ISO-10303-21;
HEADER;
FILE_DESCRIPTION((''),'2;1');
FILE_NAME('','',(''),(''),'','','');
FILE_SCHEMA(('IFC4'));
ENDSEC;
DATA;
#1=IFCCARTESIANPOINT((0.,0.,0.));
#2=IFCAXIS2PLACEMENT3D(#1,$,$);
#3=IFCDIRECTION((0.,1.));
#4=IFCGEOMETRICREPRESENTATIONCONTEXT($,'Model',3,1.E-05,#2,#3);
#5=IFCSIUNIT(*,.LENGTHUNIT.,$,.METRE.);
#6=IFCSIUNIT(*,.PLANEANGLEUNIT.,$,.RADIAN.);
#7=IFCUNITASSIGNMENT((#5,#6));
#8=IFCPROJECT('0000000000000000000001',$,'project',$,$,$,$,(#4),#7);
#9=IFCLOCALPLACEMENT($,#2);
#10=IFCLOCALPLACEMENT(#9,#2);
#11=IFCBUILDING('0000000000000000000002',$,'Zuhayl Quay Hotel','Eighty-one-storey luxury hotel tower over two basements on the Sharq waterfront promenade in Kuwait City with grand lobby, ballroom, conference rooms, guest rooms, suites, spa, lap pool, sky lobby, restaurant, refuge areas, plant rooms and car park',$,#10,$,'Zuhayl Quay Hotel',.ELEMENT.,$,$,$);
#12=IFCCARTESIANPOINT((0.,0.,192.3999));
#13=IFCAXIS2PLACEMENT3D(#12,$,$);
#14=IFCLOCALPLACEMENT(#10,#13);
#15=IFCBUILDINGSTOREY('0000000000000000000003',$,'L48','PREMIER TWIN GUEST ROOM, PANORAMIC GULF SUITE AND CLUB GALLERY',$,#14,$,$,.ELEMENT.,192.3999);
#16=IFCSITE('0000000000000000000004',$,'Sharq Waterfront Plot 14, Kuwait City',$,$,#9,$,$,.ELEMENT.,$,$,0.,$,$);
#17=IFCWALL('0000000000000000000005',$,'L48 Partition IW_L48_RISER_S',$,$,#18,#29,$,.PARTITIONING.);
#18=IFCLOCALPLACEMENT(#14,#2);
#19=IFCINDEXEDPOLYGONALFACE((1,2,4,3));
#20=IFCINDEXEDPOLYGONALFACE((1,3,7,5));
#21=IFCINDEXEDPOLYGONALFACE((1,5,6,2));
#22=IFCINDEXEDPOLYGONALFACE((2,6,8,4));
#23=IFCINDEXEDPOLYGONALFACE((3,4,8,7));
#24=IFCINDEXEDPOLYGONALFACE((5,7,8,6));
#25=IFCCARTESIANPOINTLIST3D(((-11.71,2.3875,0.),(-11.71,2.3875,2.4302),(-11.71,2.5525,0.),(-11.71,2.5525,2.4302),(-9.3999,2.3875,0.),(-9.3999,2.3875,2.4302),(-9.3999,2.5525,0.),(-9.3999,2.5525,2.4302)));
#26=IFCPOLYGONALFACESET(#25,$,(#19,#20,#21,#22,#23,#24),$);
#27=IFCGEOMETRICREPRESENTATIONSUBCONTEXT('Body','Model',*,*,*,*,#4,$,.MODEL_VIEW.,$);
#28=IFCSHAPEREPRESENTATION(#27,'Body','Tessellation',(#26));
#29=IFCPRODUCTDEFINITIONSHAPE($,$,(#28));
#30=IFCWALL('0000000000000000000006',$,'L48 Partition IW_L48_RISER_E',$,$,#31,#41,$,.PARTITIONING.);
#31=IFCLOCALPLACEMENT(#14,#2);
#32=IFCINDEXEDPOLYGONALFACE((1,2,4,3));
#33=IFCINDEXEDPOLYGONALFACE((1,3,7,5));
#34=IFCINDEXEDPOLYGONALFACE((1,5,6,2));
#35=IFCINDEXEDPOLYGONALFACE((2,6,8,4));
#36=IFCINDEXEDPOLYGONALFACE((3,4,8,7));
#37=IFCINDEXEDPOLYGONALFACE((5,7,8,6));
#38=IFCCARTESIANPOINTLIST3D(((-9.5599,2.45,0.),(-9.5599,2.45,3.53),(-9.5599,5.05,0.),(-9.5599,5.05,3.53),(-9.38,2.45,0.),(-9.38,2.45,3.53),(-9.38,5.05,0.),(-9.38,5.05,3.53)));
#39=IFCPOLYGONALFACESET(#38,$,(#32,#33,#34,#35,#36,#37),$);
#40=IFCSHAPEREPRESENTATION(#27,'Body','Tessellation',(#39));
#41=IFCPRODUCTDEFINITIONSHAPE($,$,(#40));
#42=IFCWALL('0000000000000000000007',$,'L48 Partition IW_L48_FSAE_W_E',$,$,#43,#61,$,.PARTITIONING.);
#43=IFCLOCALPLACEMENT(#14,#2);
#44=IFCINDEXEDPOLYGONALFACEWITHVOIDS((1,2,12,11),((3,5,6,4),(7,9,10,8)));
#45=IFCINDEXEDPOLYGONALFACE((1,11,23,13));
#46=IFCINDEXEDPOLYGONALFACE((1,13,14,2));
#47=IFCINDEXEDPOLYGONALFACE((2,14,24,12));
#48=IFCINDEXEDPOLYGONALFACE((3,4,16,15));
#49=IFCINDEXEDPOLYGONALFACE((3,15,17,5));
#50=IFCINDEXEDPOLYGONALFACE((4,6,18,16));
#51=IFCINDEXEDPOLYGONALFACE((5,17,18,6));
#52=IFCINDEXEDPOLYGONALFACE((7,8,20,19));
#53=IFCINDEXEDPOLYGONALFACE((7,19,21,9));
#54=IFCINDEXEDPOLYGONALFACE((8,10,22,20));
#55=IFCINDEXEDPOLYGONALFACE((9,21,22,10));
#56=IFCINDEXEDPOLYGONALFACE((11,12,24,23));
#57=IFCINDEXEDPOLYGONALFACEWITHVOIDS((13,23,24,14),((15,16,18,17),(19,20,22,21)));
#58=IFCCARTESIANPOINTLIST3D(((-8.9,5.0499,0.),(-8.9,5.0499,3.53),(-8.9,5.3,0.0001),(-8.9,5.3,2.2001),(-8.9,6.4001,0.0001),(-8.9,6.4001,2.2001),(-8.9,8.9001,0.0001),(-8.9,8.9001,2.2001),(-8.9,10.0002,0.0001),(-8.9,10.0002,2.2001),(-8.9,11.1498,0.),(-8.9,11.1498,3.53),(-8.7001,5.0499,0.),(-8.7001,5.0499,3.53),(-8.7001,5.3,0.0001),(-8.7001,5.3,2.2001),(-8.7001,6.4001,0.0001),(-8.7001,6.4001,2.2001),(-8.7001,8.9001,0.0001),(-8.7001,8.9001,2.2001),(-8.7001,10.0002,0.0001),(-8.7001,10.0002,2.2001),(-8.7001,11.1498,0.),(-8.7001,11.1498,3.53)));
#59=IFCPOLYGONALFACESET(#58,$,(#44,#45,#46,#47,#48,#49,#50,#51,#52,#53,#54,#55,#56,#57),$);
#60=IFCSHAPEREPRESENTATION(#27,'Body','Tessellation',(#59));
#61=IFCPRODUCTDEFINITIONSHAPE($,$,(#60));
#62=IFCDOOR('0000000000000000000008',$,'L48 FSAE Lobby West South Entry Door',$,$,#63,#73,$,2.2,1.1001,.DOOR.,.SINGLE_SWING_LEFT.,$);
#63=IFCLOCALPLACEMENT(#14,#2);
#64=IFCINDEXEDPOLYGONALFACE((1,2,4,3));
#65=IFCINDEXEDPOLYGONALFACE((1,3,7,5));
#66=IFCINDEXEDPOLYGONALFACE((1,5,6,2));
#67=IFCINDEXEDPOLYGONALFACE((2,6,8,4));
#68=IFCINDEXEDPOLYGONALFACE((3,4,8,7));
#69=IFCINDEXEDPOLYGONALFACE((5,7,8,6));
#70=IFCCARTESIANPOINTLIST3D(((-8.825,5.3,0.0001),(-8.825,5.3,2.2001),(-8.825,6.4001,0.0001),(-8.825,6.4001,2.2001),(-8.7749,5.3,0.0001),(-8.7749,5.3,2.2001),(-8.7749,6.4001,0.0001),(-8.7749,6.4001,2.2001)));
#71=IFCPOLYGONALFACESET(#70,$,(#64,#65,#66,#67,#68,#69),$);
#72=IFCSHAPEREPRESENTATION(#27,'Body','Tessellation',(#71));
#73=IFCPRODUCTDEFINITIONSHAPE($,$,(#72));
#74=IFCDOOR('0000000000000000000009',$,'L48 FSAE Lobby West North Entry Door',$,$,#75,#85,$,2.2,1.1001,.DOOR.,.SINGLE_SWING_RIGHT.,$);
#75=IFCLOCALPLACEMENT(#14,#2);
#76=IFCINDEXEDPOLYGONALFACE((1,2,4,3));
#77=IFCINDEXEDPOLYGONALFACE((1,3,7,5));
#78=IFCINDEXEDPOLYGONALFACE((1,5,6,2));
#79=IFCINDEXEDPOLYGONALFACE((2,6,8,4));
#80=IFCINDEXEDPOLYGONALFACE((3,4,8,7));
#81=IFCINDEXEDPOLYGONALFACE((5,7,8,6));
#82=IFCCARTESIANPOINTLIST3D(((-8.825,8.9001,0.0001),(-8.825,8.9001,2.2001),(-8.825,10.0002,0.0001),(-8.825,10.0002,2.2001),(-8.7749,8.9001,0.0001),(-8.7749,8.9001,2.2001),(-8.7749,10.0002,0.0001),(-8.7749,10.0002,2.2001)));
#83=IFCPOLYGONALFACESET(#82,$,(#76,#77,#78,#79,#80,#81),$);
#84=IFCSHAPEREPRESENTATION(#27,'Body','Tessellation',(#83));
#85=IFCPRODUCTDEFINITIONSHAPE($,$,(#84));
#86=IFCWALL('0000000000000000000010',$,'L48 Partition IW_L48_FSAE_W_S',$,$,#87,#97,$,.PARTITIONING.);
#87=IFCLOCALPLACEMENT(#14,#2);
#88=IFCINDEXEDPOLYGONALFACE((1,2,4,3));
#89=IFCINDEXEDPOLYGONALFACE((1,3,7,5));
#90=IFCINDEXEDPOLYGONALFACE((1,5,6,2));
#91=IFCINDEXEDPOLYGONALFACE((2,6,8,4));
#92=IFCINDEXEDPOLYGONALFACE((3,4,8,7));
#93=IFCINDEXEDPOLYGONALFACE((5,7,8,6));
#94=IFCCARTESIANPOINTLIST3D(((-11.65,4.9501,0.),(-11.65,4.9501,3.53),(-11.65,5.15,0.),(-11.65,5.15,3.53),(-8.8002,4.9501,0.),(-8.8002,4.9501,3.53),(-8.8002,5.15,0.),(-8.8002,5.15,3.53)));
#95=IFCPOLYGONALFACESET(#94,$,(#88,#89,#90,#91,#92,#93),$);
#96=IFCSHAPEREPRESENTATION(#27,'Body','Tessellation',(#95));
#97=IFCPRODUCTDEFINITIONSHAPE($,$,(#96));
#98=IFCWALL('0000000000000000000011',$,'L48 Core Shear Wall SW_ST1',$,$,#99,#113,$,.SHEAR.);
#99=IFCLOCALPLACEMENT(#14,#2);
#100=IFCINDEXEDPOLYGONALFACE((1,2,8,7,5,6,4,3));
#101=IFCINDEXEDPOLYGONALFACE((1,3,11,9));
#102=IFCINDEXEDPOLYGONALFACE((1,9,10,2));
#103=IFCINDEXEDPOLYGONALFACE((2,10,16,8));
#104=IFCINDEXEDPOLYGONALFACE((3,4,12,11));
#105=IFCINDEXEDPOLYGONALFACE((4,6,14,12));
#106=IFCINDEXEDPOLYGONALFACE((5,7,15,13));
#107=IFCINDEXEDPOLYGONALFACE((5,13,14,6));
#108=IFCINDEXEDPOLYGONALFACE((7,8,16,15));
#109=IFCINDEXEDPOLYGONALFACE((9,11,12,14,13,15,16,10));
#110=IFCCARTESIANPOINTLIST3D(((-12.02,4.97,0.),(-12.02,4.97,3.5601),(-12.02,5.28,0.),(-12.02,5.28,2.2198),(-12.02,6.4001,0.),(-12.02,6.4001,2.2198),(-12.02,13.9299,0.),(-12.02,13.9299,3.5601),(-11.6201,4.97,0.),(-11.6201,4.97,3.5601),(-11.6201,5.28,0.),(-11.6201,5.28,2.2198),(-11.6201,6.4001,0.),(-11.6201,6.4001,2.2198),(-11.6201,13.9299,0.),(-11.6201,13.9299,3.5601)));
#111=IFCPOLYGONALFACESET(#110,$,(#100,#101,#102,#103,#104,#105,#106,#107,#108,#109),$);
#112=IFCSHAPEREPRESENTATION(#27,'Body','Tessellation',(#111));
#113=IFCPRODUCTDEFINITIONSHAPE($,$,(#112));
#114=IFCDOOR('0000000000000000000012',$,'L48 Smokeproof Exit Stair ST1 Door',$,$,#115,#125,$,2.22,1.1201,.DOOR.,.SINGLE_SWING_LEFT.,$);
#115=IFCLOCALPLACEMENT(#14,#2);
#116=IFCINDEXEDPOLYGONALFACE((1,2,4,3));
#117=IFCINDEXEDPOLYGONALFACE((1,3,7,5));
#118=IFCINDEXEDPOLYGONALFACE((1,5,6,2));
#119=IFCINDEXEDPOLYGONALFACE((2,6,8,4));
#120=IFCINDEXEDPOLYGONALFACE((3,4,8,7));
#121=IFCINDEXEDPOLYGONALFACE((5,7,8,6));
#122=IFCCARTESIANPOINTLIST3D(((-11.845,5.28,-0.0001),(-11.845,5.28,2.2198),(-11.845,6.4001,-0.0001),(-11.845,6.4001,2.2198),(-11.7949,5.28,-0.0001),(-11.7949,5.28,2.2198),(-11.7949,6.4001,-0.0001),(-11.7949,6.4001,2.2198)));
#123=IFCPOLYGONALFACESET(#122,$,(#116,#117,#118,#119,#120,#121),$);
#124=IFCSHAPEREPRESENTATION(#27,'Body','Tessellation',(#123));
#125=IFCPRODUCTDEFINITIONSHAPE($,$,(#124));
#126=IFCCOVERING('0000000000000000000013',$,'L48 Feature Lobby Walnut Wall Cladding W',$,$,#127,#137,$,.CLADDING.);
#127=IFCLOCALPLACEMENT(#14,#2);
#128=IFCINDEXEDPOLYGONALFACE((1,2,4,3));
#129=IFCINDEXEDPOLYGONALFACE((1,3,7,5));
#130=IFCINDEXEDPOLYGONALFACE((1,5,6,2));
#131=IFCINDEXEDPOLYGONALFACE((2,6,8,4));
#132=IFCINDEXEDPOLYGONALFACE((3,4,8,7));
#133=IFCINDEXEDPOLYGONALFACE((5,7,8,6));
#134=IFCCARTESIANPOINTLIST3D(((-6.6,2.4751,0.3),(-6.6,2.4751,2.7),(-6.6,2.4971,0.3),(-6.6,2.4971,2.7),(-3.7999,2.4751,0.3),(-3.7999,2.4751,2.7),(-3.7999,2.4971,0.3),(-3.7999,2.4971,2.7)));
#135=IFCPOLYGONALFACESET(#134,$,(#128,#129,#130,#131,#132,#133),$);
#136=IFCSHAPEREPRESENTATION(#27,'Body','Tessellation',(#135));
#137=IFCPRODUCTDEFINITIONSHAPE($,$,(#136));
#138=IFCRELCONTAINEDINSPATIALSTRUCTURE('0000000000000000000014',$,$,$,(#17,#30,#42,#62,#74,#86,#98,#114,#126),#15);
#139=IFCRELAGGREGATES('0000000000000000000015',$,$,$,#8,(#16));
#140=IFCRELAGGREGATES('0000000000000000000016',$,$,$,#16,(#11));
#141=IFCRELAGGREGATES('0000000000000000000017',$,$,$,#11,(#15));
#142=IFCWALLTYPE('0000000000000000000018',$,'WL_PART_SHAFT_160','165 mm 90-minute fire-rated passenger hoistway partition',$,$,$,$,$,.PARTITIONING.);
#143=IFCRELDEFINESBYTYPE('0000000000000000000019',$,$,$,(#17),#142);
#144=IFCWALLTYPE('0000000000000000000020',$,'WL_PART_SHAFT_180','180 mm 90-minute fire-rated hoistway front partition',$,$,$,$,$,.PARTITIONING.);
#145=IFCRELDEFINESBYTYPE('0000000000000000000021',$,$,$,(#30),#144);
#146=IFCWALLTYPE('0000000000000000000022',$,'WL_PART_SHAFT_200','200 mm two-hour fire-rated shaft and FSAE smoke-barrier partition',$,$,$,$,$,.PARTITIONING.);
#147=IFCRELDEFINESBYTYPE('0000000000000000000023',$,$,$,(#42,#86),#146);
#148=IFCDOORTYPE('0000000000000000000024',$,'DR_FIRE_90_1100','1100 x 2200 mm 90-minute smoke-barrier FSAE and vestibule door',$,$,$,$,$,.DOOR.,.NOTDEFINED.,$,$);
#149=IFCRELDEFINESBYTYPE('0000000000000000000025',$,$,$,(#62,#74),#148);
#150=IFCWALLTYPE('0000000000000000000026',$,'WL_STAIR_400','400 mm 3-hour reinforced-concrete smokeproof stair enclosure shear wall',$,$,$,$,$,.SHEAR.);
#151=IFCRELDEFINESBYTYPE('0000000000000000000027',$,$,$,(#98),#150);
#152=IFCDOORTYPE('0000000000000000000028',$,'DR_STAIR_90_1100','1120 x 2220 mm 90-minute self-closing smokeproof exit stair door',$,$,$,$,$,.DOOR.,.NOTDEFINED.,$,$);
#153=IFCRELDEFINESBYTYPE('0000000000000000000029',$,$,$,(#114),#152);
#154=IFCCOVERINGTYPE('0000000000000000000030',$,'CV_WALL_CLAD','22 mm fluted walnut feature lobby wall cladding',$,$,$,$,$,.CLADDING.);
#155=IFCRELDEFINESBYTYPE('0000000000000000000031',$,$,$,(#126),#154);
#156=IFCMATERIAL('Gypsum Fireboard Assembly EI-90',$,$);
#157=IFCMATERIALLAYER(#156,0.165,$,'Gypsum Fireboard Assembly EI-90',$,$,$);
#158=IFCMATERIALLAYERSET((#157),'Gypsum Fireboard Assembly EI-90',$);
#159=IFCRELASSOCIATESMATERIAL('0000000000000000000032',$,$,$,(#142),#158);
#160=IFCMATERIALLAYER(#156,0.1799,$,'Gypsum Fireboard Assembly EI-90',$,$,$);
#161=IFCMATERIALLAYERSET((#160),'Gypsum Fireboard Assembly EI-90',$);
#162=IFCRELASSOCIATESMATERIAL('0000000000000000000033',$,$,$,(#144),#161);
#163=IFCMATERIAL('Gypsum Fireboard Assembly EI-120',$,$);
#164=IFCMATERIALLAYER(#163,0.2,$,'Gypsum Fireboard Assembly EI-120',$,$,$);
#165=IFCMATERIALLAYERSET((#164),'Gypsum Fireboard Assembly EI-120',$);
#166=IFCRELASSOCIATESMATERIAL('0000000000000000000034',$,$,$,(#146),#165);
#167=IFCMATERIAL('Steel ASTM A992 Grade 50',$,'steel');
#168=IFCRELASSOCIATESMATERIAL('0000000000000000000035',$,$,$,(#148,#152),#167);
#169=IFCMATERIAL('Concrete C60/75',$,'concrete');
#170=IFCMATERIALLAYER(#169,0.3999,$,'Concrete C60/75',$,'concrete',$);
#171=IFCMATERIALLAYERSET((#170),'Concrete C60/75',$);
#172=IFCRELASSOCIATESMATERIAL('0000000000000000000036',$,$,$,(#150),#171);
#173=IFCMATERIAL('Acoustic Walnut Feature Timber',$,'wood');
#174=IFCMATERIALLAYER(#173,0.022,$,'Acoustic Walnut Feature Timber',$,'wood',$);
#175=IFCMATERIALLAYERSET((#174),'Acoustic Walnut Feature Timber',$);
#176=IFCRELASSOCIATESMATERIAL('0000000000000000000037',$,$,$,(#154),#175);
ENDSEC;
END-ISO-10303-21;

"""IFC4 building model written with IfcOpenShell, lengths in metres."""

from ifc_helpers import new_model, si_unit, direction, frame, frame_2d, origin, origin_2d, place, context, subcontext, project, spatial, rectangle, extrude, material, layer, layer_set, type_object, element, fill, save


model = new_model("IFC4")

# Units and contexts
model_context = context("Model", 3, precision=1e-05, world=origin(), true_north=direction((0.0, 1.0)))
body_context = subcontext(model_context, "Body", "Model", "MODEL_VIEW")
ifc_project = project(units=[si_unit("LENGTHUNIT", "METRE"), si_unit("PLANEANGLEUNIT", "RADIAN")], contexts=[model_context])

# Site, building, storey
site_placement = place(None, origin())
site = spatial("IfcSite", under=ifc_project, at=site_placement, Name="Sharq Waterfront Plot 14, Kuwait City", CompositionType="ELEMENT", RefElevation=0.0)
building_placement = place(site_placement, origin())
building = spatial("IfcBuilding", under=site, at=building_placement, Name="Zuhayl Quay Hotel", Description="Eighty-one-storey luxury hotel tower over two basements on the Sharq waterfront promenade in Kuwait City with grand lobby, ballroom, conference rooms, guest rooms, suites, spa, lap pool, sky lobby, restaurant, refuge areas, plant rooms and car park", LongName="Zuhayl Quay Hotel", CompositionType="ELEMENT")
storey_placement = place(building_placement, frame((0.0, 0.0, 192.3999)))
storey = spatial("IfcBuildingStorey", under=building, at=storey_placement, Name="L48", Description="PREMIER TWIN GUEST ROOM, PANORAMIC GULF SUITE AND CLUB GALLERY", CompositionType="ELEMENT", Elevation=192.3999)

# Shared definitions
ifc_material_1 = material(Name="Concrete C60/75", Category="concrete")

# Shared definitions
ifc_material_2 = material(Name="Steel ASTM A992 Grade 50", Category="steel")

# Shared definitions
ifc_material_3 = material(Name="Gypsum Fireboard Assembly EI-90")
ifc_layer_1 = layer(ifc_material_3, 0.165, Name="Gypsum Fireboard Assembly EI-90")
ifc_layer_set_1 = layer_set([ifc_layer_1], Name="Gypsum Fireboard Assembly EI-90")
wall_type_1 = type_object("IfcWallType", Name="WL_PART_SHAFT_160", Description="165 mm 90-minute fire-rated passenger hoistway partition", PredefinedType="PARTITIONING", material=ifc_layer_set_1)

# Walls
wall_1_placement = place(storey_placement, frame((-11.71, 2.47, 0.0), z_axis=(0.0, 0.0, 1.0), x_axis=(1.0, 0.0, 0.0)))
element("IfcWall", 1, at=wall_1_placement, inside=storey, type_object=wall_type_1, Name="L48 Partition IW_L48_RISER_S", PredefinedType="PARTITIONING", context=body_context, shape_type="SweptSolid", body=[
    extrude(rectangle(XDim=2.3101, YDim=0.165, at=frame_2d((1.155, 0.0))), origin(), (0.0, 0.0, 1.0), 2.4302),
])
ifc_layer_2 = layer(ifc_material_3, 0.1799, Name="Gypsum Fireboard Assembly EI-90")
ifc_layer_set_2 = layer_set([ifc_layer_2], Name="Gypsum Fireboard Assembly EI-90")
wall_type_2 = type_object("IfcWallType", Name="WL_PART_SHAFT_180", Description="180 mm 90-minute fire-rated hoistway front partition", PredefinedType="PARTITIONING", material=ifc_layer_set_2)
wall_2_placement = place(storey_placement, frame((-9.47, 2.45, 0.0), z_axis=(0.0, 0.0, 1.0), x_axis=(0.0, 1.0, 0.0)))
element("IfcWall", 2, at=wall_2_placement, inside=storey, type_object=wall_type_2, Name="L48 Partition IW_L48_RISER_E", PredefinedType="PARTITIONING", context=body_context, shape_type="SweptSolid", body=[
    extrude(rectangle(XDim=2.6001, YDim=0.1799, at=frame_2d((1.3, 0.0))), origin(), (0.0, 0.0, 1.0), 3.53),
])

# Wall, openings, doors
ifc_material_4 = material(Name="Gypsum Fireboard Assembly EI-120")
ifc_layer_3 = layer(ifc_material_4, 0.2, Name="Gypsum Fireboard Assembly EI-120")
ifc_layer_set_3 = layer_set([ifc_layer_3], Name="Gypsum Fireboard Assembly EI-120")
wall_type_3 = type_object("IfcWallType", Name="WL_PART_SHAFT_200", Description="200 mm two-hour fire-rated shaft and FSAE smoke-barrier partition", PredefinedType="PARTITIONING", material=ifc_layer_set_3)
wall_3_placement = place(storey_placement, frame((-8.8, 5.05, 0.0), z_axis=(0.0, 0.0, 1.0), x_axis=(0.0, 1.0, 0.0)))
wall_3 = element("IfcWall", 3, at=wall_3_placement, inside=storey, type_object=wall_type_3, Name="L48 Partition IW_L48_FSAE_W_E", PredefinedType="PARTITIONING", context=body_context, shape_type="SweptSolid", body=[
    extrude(rectangle(XDim=6.0999, YDim=0.2, at=frame_2d((3.0498, 0.0))), origin(), (0.0, 0.0, 1.0), 3.53),
])
opening_1_placement = place(wall_3_placement, frame((0.25, 0.0, 0.0)))
opening_1 = element("IfcOpeningElement", 4, at=opening_1_placement, cuts=wall_3, PredefinedType="OPENING", context=body_context, shape_type="SweptSolid", body=[
    extrude(rectangle(XDim=1.1001, YDim=2.2, at=frame_2d((0.55, 1.1001))), frame((0.0, 0.1099, 0.0), z_axis=(0.0, -1.0, 0.0), x_axis=(1.0, 0.0, 0.0)), (0.0, 0.0, 1.0), 0.22),
])
opening_2_placement = place(wall_3_placement, frame((3.8501, 0.0, 0.0)))
opening_2 = element("IfcOpeningElement", 5, at=opening_2_placement, cuts=wall_3, PredefinedType="OPENING", context=body_context, shape_type="SweptSolid", body=[
    extrude(rectangle(XDim=1.1001, YDim=2.2, at=frame_2d((0.55, 1.1001))), frame((0.0, 0.1099, 0.0), z_axis=(0.0, -1.0, 0.0), x_axis=(1.0, 0.0, 0.0)), (0.0, 0.0, 1.0), 0.22),
])
door_type_1 = type_object("IfcDoorType", Name="DR_FIRE_90_1100", Description="1100 x 2200 mm 90-minute smoke-barrier FSAE and vestibule door", OperationType="NOTDEFINED", PredefinedType="DOOR", material=ifc_material_2)
door_1_placement = place(opening_1_placement, origin())
door_1 = element("IfcDoor", 6, at=door_1_placement, inside=storey, type_object=door_type_1, Name="L48 FSAE Lobby West South Entry Door", OperationType="SINGLE_SWING_LEFT", OverallHeight=2.2, OverallWidth=1.1001, PredefinedType="DOOR", context=body_context, shape_type="SweptSolid", body=[
    extrude(rectangle(XDim=1.1001, YDim=2.2, at=frame_2d((0.55, 1.1001))), frame((0.0, 0.0249, 0.0), z_axis=(0.0, -1.0, 0.0), x_axis=(1.0, 0.0, 0.0)), (0.0, 0.0, 1.0), 0.05),
])
fill(opening_1, door_1)
door_2_placement = place(opening_2_placement, origin())
door_2 = element("IfcDoor", 7, at=door_2_placement, inside=storey, type_object=door_type_1, Name="L48 FSAE Lobby West North Entry Door", OperationType="SINGLE_SWING_RIGHT", OverallHeight=2.2, OverallWidth=1.1001, PredefinedType="DOOR", context=body_context, shape_type="SweptSolid", body=[
    extrude(rectangle(XDim=1.1001, YDim=2.2, at=frame_2d((0.55, 1.1001))), frame((0.0, 0.0249, 0.0), z_axis=(0.0, -1.0, 0.0), x_axis=(1.0, 0.0, 0.0)), (0.0, 0.0, 1.0), 0.05),
])
fill(opening_2, door_2)

# Wall
wall_4_placement = place(storey_placement, frame((-11.6499, 5.05, 0.0), z_axis=(0.0, 0.0, 1.0), x_axis=(1.0, 0.0, 0.0)))
element("IfcWall", 8, at=wall_4_placement, inside=storey, type_object=wall_type_3, Name="L48 Partition IW_L48_FSAE_W_S", PredefinedType="PARTITIONING", context=body_context, shape_type="SweptSolid", body=[
    extrude(rectangle(XDim=2.8499, YDim=0.2, at=frame_2d((1.4248, 0.0))), origin(), (0.0, 0.0, 1.0), 3.53),
])

# Wall, opening, door
ifc_layer_4 = layer(ifc_material_1, 0.3999, Name="Concrete C60/75", Category="concrete")
ifc_layer_set_4 = layer_set([ifc_layer_4], Name="Concrete C60/75")
wall_type_4 = type_object("IfcWallType", Name="WL_STAIR_400", Description="400 mm 3-hour reinforced-concrete smokeproof stair enclosure shear wall", PredefinedType="SHEAR", material=ifc_layer_set_4)
wall_5_placement = place(storey_placement, frame((-11.8201, 4.97, 0.0), z_axis=(0.0, 0.0, 1.0), x_axis=(0.0, 1.0, 0.0)))
wall_5 = element("IfcWall", 9, at=wall_5_placement, inside=storey, type_object=wall_type_4, Name="L48 Core Shear Wall SW_ST1", PredefinedType="SHEAR", context=body_context, shape_type="SweptSolid", body=[
    extrude(rectangle(XDim=8.96, YDim=0.3999, at=frame_2d((4.48, 0.0))), origin(), (0.0, 0.0, 1.0), 3.5601),
])
opening_3_placement = place(wall_5_placement, frame((0.3101, 0.0, 0.0)))
opening_3 = element("IfcOpeningElement", 10, at=opening_3_placement, cuts=wall_5, PredefinedType="OPENING", context=body_context, shape_type="SweptSolid", body=[
    extrude(rectangle(XDim=1.1201, YDim=2.22, at=frame_2d((0.5601, 1.1099))), frame((0.0, 0.21, 0.0), z_axis=(0.0, -1.0, 0.0), x_axis=(1.0, 0.0, 0.0)), (0.0, 0.0, 1.0), 0.4199),
])
door_type_2 = type_object("IfcDoorType", Name="DR_STAIR_90_1100", Description="1120 x 2220 mm 90-minute self-closing smokeproof exit stair door", OperationType="NOTDEFINED", PredefinedType="DOOR", material=ifc_material_2)
door_3_placement = place(opening_3_placement, origin())
door_3 = element("IfcDoor", 11, at=door_3_placement, inside=storey, type_object=door_type_2, Name="L48 Smokeproof Exit Stair ST1 Door", OperationType="SINGLE_SWING_LEFT", OverallHeight=2.22, OverallWidth=1.1201, PredefinedType="DOOR", context=body_context, shape_type="SweptSolid", body=[
    extrude(rectangle(XDim=1.1201, YDim=2.22, at=frame_2d((0.5601, 1.1099))), frame((0.0, 0.0249, 0.0), z_axis=(0.0, -1.0, 0.0), x_axis=(1.0, 0.0, 0.0)), (0.0, 0.0, 1.0), 0.05),
])
fill(opening_3, door_3)

# Covering
ifc_material_5 = material(Name="Acoustic Walnut Feature Timber", Category="wood")
ifc_layer_5 = layer(ifc_material_5, 0.022, Name="Acoustic Walnut Feature Timber", Category="wood")
ifc_layer_set_5 = layer_set([ifc_layer_5], Name="Acoustic Walnut Feature Timber")
covering_type = type_object("IfcCoveringType", Name="CV_WALL_CLAD", Description="22 mm fluted walnut feature lobby wall cladding", PredefinedType="CLADDING", material=ifc_layer_set_5)
covering_placement = place(storey_placement, frame((-5.2, 2.4861, 0.3), z_axis=(0.0, 0.0, 1.0), x_axis=(1.0, 0.0, 0.0)))
element("IfcCovering", 12, at=covering_placement, inside=storey, type_object=covering_type, Name="L48 Feature Lobby Walnut Wall Cladding W", PredefinedType="CLADDING", context=body_context, shape_type="SweptSolid", body=[
    extrude(rectangle(XDim=2.8, YDim=0.022, at=origin_2d()), origin(), (0.0, 0.0, 1.0), 2.3999),
])

save(model, "model.ifc")
